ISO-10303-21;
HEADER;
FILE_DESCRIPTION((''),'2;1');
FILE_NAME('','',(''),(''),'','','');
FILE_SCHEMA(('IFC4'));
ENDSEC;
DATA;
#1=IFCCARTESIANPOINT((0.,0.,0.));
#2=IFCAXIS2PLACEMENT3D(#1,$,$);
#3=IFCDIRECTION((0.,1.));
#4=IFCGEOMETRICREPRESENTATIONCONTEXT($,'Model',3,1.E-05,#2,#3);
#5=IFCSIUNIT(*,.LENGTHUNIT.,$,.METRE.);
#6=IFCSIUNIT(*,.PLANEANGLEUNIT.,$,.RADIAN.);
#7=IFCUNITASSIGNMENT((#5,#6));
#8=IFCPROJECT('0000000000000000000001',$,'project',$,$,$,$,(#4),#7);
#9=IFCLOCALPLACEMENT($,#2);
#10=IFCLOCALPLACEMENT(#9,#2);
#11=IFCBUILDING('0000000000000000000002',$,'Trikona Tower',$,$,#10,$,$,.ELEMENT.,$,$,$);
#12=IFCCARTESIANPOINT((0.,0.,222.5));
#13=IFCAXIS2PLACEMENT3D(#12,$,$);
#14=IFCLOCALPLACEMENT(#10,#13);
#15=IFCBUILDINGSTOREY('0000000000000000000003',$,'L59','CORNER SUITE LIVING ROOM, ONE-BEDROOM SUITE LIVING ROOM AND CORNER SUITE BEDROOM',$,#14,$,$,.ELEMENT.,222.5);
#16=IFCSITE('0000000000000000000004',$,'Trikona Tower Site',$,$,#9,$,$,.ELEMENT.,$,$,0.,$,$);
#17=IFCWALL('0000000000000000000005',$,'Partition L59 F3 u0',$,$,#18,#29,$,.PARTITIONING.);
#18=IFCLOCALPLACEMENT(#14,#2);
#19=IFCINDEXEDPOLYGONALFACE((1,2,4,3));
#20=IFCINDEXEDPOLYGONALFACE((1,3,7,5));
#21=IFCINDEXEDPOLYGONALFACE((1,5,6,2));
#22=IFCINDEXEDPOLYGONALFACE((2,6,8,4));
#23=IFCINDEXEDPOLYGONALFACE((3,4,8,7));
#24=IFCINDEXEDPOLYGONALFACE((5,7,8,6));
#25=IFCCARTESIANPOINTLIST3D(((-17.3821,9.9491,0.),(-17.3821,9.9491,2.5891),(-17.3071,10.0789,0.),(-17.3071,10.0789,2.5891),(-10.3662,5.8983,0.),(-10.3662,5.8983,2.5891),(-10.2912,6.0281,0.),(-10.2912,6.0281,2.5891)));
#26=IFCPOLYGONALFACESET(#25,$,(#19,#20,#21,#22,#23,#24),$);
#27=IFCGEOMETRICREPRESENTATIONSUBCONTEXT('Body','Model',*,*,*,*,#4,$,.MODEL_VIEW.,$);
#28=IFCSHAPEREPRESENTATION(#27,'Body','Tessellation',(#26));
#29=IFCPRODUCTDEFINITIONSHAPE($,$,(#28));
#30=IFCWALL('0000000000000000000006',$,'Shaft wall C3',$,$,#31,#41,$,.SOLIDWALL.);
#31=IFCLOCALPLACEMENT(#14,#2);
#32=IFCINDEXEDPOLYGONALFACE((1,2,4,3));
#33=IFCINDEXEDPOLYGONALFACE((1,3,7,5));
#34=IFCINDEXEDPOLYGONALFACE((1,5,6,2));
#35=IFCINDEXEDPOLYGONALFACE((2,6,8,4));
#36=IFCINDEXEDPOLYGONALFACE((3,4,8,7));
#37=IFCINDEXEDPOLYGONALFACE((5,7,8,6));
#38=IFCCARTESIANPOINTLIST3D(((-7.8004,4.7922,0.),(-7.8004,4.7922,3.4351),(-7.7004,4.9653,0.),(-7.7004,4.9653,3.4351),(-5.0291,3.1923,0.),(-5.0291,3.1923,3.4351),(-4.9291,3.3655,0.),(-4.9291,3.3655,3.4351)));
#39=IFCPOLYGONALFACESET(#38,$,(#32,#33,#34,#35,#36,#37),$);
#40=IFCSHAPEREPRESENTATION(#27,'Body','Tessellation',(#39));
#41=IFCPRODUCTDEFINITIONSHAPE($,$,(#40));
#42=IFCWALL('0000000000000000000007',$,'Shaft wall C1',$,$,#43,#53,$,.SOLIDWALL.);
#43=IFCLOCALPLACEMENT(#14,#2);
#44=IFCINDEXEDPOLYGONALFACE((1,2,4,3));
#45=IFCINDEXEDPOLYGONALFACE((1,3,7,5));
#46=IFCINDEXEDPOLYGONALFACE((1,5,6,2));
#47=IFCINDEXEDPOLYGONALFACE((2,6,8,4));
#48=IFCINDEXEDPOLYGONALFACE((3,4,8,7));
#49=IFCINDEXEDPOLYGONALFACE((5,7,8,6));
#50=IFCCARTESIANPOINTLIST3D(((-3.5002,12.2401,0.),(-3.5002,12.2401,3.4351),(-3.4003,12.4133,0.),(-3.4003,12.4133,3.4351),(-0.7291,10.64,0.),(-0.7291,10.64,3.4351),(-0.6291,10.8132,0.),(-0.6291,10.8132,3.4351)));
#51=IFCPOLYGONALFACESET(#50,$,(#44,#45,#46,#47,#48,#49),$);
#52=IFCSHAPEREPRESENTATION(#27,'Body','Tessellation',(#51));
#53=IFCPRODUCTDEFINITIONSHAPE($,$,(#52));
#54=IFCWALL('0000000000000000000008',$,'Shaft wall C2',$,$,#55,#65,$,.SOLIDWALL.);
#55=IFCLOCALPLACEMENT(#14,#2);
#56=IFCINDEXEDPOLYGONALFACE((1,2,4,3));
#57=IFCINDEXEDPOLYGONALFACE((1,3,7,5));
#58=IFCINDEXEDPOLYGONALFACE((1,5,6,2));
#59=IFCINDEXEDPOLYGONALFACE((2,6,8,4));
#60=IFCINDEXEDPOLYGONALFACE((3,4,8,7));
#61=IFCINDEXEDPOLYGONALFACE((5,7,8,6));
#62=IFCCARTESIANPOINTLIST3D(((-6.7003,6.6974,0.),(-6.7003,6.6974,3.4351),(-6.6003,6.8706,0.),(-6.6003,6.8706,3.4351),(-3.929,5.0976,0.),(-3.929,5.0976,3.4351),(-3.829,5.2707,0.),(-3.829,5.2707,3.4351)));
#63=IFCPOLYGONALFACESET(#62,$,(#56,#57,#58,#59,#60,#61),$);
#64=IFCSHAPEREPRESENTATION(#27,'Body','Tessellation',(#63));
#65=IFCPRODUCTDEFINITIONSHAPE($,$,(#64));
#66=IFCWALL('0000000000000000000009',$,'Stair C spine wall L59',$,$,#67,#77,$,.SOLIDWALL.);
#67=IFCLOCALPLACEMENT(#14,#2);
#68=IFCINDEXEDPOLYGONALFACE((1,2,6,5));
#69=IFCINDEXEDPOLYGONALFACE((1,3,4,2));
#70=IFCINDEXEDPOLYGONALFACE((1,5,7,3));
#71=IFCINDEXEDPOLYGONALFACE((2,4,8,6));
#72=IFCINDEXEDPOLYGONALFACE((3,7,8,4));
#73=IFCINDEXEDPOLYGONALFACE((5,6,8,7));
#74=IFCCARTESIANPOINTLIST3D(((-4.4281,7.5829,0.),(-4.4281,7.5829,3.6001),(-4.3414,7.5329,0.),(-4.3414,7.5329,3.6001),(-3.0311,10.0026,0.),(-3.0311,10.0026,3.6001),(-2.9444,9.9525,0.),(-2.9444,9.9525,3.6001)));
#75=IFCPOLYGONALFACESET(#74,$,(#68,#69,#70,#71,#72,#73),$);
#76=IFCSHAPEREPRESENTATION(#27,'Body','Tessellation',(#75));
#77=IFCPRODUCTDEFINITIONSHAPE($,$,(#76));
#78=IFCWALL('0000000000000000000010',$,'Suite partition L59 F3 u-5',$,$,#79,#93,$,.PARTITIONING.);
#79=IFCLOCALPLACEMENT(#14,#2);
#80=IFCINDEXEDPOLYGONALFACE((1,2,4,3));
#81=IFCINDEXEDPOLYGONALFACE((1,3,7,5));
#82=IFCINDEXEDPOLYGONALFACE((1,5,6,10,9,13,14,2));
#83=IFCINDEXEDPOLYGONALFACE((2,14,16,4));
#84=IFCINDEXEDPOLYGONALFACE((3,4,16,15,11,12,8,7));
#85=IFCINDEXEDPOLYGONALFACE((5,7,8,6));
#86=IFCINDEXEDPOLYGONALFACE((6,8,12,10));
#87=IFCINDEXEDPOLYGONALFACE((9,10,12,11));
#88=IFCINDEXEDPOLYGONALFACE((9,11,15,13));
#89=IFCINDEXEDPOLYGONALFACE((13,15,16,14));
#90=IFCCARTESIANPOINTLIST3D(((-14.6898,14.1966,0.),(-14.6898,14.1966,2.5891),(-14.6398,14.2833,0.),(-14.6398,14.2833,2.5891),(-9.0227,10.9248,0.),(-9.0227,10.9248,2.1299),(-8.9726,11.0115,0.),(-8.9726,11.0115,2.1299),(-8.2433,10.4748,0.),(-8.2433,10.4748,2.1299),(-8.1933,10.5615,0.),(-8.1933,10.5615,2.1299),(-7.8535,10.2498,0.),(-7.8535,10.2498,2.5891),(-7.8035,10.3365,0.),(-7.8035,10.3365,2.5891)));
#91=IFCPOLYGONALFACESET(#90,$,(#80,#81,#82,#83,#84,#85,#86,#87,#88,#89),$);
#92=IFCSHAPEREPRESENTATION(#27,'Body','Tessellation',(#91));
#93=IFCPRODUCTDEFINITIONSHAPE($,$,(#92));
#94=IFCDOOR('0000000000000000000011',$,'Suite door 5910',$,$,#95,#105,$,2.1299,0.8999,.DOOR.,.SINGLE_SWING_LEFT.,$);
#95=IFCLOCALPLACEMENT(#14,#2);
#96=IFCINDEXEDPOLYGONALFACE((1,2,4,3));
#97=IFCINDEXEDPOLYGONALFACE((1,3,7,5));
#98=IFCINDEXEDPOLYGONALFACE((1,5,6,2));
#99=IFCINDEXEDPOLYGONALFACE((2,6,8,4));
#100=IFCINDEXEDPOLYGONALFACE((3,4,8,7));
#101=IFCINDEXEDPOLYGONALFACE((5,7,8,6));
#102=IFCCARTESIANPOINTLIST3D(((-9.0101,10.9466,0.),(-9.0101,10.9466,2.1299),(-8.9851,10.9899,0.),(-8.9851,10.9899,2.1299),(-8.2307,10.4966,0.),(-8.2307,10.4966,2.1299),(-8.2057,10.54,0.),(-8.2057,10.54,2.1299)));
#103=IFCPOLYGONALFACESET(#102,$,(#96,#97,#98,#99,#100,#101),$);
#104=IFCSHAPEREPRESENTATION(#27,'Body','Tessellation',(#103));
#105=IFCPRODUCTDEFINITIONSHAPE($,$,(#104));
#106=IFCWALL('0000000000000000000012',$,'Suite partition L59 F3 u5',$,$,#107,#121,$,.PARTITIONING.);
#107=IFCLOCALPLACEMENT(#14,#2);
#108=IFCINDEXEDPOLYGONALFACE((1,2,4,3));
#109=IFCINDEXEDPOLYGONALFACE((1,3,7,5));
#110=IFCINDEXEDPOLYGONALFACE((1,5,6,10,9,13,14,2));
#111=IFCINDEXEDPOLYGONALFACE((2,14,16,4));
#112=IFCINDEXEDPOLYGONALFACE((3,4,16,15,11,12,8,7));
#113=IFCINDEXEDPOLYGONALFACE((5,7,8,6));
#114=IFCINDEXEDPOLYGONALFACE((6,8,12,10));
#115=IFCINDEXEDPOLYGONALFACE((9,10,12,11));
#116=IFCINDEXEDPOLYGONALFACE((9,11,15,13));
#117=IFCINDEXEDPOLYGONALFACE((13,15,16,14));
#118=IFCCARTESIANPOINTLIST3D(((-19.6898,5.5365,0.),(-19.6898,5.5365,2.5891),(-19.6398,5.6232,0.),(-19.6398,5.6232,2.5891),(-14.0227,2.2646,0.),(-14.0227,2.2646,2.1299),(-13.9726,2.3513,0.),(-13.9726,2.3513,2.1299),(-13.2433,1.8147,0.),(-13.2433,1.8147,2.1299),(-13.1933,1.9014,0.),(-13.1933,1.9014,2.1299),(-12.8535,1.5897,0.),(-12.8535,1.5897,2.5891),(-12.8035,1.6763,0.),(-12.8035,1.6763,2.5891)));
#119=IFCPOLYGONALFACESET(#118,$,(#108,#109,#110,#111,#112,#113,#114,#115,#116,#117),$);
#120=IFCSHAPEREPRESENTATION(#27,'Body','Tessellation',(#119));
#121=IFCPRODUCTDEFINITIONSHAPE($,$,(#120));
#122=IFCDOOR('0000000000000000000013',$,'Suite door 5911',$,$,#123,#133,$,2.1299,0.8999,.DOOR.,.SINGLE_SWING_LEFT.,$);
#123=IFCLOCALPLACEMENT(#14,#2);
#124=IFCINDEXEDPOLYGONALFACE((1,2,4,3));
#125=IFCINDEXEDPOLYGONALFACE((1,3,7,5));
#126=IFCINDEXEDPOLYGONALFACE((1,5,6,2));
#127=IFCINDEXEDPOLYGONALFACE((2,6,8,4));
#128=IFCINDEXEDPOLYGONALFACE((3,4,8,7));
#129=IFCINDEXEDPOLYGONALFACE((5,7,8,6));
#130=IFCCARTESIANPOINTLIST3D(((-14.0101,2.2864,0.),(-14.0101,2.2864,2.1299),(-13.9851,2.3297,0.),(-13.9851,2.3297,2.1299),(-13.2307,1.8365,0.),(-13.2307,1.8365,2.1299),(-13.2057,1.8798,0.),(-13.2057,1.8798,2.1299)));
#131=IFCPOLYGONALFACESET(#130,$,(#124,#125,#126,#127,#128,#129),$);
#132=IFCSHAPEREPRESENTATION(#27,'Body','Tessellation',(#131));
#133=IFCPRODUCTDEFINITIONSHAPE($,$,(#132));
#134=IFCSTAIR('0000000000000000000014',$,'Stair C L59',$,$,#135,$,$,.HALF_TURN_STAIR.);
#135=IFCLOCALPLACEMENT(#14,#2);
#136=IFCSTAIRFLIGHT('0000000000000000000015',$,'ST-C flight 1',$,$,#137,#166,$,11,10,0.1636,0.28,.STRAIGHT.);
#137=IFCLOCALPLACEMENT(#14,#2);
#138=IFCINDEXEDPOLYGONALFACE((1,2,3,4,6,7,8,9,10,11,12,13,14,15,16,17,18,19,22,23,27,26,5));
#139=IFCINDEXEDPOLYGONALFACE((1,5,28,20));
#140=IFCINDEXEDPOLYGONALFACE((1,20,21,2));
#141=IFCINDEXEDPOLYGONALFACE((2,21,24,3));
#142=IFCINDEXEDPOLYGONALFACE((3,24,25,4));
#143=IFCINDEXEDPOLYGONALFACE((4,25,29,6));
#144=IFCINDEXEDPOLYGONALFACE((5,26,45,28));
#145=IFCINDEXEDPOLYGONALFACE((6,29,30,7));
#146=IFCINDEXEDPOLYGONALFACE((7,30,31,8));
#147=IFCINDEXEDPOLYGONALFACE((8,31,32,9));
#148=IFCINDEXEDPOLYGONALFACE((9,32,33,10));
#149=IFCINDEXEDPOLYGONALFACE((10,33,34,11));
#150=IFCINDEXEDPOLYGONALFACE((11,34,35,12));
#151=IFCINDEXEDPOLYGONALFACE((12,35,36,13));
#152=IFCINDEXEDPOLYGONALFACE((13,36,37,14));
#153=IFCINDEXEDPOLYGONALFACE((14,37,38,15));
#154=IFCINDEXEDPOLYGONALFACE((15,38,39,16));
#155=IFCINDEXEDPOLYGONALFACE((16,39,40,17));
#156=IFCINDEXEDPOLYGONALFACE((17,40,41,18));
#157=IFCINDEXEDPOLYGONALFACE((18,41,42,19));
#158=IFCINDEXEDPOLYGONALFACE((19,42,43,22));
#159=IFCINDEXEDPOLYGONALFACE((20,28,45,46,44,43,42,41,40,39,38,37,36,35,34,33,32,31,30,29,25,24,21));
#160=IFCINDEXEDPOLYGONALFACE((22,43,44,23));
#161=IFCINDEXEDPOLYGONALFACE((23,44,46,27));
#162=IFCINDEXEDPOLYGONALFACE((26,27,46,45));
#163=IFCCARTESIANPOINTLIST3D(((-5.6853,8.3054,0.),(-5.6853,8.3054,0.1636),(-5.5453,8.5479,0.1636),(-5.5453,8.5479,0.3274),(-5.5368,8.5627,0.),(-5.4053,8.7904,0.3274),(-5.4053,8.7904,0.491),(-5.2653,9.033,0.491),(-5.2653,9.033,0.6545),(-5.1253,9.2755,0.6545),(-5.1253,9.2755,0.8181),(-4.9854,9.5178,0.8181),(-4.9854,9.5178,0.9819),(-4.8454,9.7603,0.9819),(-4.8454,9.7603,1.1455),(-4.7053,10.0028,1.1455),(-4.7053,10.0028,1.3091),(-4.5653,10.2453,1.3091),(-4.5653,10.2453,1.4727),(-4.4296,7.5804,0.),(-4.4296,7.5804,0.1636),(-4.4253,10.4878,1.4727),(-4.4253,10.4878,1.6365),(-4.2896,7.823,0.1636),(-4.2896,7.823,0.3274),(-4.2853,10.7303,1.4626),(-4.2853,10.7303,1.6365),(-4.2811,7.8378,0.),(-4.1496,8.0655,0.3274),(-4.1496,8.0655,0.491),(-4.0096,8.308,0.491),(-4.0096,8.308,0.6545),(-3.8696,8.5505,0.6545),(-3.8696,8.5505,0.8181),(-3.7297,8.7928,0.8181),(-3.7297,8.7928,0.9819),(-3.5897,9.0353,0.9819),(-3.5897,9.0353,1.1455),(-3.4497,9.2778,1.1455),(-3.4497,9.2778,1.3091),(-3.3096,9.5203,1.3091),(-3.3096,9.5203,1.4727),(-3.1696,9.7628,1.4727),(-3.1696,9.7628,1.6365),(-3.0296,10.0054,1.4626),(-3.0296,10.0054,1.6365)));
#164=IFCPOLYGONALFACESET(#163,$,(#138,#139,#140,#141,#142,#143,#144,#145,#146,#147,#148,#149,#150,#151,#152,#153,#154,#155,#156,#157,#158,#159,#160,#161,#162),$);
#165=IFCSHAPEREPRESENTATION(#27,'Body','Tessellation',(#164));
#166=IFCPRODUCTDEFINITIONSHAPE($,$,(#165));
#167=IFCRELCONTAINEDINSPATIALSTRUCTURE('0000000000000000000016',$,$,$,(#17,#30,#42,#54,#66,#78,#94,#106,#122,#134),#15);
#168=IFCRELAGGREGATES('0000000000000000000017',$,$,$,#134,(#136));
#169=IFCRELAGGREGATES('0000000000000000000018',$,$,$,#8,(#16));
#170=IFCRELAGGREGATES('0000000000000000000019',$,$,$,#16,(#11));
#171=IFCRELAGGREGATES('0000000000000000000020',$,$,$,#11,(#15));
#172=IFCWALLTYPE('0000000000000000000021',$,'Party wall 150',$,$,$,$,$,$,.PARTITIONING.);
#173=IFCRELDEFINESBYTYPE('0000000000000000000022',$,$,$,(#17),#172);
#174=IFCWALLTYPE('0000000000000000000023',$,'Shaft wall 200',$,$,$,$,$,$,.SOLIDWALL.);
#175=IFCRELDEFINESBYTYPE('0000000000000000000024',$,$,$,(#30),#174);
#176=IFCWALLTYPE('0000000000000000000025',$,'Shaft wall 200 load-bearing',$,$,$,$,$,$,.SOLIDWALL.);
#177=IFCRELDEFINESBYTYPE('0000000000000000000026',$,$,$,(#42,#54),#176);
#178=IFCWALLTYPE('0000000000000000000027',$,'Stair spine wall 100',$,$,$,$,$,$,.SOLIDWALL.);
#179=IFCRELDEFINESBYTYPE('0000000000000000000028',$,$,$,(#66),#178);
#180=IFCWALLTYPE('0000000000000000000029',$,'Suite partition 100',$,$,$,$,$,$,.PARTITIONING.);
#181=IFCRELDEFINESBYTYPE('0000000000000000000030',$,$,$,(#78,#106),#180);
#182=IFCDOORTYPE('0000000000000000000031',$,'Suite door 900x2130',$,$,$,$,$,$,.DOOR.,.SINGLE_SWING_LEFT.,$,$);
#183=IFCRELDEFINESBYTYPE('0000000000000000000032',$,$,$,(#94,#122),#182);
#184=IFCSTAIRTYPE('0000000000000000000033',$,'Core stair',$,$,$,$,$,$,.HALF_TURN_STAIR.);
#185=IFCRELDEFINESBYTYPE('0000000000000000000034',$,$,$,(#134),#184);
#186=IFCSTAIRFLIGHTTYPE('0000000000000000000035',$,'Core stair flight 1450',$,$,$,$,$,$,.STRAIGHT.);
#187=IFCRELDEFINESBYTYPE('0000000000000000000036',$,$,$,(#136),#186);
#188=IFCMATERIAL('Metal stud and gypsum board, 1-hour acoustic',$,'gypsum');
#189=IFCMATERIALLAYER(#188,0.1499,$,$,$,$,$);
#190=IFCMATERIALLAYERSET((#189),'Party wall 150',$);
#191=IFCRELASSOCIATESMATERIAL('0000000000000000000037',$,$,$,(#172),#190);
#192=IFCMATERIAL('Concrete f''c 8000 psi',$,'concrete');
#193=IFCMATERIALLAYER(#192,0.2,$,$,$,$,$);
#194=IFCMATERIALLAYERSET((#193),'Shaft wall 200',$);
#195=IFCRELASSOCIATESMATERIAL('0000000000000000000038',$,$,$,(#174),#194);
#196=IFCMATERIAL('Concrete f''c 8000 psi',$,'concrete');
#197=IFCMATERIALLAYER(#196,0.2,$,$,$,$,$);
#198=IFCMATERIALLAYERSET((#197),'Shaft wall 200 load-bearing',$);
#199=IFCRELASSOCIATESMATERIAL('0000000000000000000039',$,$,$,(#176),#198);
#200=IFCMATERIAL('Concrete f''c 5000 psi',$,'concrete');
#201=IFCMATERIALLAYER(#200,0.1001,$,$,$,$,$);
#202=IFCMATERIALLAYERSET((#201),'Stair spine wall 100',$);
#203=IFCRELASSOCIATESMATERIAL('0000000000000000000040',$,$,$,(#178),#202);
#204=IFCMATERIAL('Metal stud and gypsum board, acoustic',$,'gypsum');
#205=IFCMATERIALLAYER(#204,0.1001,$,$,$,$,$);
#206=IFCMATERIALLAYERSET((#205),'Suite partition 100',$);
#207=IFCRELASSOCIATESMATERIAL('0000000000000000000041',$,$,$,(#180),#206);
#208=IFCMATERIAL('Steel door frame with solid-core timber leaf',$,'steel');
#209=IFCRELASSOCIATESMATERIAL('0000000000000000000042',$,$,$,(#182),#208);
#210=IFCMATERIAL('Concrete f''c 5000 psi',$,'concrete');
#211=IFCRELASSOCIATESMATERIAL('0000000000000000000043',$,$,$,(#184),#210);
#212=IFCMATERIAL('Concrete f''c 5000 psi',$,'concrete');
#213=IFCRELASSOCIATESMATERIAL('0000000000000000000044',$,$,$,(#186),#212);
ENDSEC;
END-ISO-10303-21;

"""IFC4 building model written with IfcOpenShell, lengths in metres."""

from ifc_helpers import new_model, si_unit, direction, frame, frame_2d, origin, place, context, subcontext, project, spatial, polyline, rectangle, outline, extrude, material, layer, layer_set, type_object, element, fill, aggregate, save


model = new_model("IFC4")

# Units and contexts
model_context = context("Model", 3, precision=1e-05, world=origin(), true_north=direction((0.0, 1.0)))
body_context = subcontext(model_context, "Body", "Model", "MODEL_VIEW")
ifc_project = project(units=[si_unit("LENGTHUNIT", "METRE"), si_unit("PLANEANGLEUNIT", "RADIAN")], contexts=[model_context])

# Site, building, storey
site_placement = place(None, origin())
site = spatial("IfcSite", under=ifc_project, at=site_placement, Name="Trikona Tower Site", CompositionType="ELEMENT", RefElevation=0.0)
building_placement = place(site_placement, origin())
building = spatial("IfcBuilding", under=site, at=building_placement, Name="Trikona Tower", CompositionType="ELEMENT")
storey_placement = place(building_placement, frame((0.0, 0.0, 222.5)))
storey = spatial("IfcBuildingStorey", under=building, at=storey_placement, Name="L59", Description="CORNER SUITE LIVING ROOM, ONE-BEDROOM SUITE LIVING ROOM AND CORNER SUITE BEDROOM", CompositionType="ELEMENT", Elevation=222.5)

# Walls
ifc_material_1 = material(Name="Metal stud and gypsum board, 1-hour acoustic", Category="gypsum")
ifc_layer_1 = layer(ifc_material_1, 0.1499)
ifc_layer_set_1 = layer_set([ifc_layer_1], Name="Party wall 150")
wall_type_1 = type_object("IfcWallType", Name="Party wall 150", PredefinedType="PARTITIONING", material=ifc_layer_set_1)
wall_1_placement = place(storey_placement, frame((-10.3286, 5.9631, 0.0), z_axis=(0.0, 0.0, 1.0), x_axis=(-0.866016, 0.500015, 0.0)))
element("IfcWall", 1, at=wall_1_placement, inside=storey, type_object=wall_type_1, Name="Partition L59 F3 u0", PredefinedType="PARTITIONING", context=body_context, shape_type="SweptSolid", body=[
    extrude(rectangle(XDim=8.1013, YDim=0.1499, at=frame_2d((4.0508, 0.0))), origin(), (0.0, 0.0, 1.0), 2.5891),
])
ifc_material_2 = material(Name="Concrete f'c 8000 psi", Category="concrete")
ifc_layer_2 = layer(ifc_material_2, 0.2)
ifc_layer_set_2 = layer_set([ifc_layer_2], Name="Shaft wall 200")
wall_type_2 = type_object("IfcWallType", Name="Shaft wall 200", PredefinedType="SOLIDWALL", material=ifc_layer_set_2)
wall_2_placement = place(storey_placement, frame((-4.979, 3.2788, 0.0), z_axis=(0.0, 0.0, 1.0), x_axis=(-0.866042, 0.499971, 0.0)))
element("IfcWall", 2, at=wall_2_placement, inside=storey, type_object=wall_type_2, Name="Shaft wall C3", PredefinedType="SOLIDWALL", context=body_context, shape_type="SweptSolid", body=[
    extrude(rectangle(XDim=3.2, YDim=0.2, at=frame_2d((1.6001, 0.0))), origin(), (0.0, 0.0, 1.0), 3.4351),
])
ifc_material_3 = material(Name="Concrete f'c 8000 psi", Category="concrete")
ifc_layer_3 = layer(ifc_material_3, 0.2)
ifc_layer_set_3 = layer_set([ifc_layer_3], Name="Shaft wall 200 load-bearing")
wall_type_3 = type_object("IfcWallType", Name="Shaft wall 200 load-bearing", PredefinedType="SOLIDWALL", material=ifc_layer_set_3)
for number, where, z_axis, x_axis, name in (
    (3, (-0.679, 10.7266, 0.0), (0.0, 0.0, 1.0), (-0.866009, 0.500028, 0.0), "Shaft wall C1"),
    (4, (-3.8789, 5.1841, 0.0), (0.0, 0.0, 1.0), (-0.866042, 0.499971, 0.0), "Shaft wall C2"),
):
    element("IfcWall", number, at=place(storey_placement, frame(where, z_axis=z_axis, x_axis=x_axis)), inside=storey, type_object=wall_type_3, Name=name, PredefinedType="SOLIDWALL", context=body_context, shape_type="SweptSolid", body=[
        extrude(rectangle(XDim=3.2, YDim=0.2, at=frame_2d((1.6001, 0.0))), origin(), (0.0, 0.0, 1.0), 3.4351),
    ])
ifc_material_4 = material(Name="Concrete f'c 5000 psi", Category="concrete")
ifc_layer_4 = layer(ifc_material_4, 0.1001)
ifc_layer_set_4 = layer_set([ifc_layer_4], Name="Stair spine wall 100")
wall_type_4 = type_object("IfcWallType", Name="Stair spine wall 100", PredefinedType="SOLIDWALL", material=ifc_layer_set_4)
wall_3_placement = place(storey_placement, frame((-2.9878, 9.9775, 0.0), z_axis=(0.0, 0.0, 1.0), x_axis=(-0.499992, -0.86603, 0.0)))
element("IfcWall", 5, at=wall_3_placement, inside=storey, type_object=wall_type_4, Name="Stair C spine wall L59", PredefinedType="SOLIDWALL", context=body_context, shape_type="SweptSolid", body=[
    extrude(rectangle(XDim=2.7939, YDim=0.1001, at=frame_2d((1.397, 0.0))), origin(), (0.0, 0.0, 1.0), 3.6001),
])

# Walls, openings, doors
ifc_material_5 = material(Name="Metal stud and gypsum board, acoustic", Category="gypsum")
ifc_layer_5 = layer(ifc_material_5, 0.1001)
ifc_layer_set_5 = layer_set([ifc_layer_5], Name="Suite partition 100")
wall_type_5 = type_object("IfcWallType", Name="Suite partition 100", PredefinedType="PARTITIONING", material=ifc_layer_set_5)
wall_4_placement = place(storey_placement, frame((-7.8286, 10.2932, 0.0), z_axis=(0.0, 0.0, 1.0), x_axis=(-0.866031, 0.499991, 0.0)))
wall_4 = element("IfcWall", 6, at=wall_4_placement, inside=storey, type_object=wall_type_5, Name="Suite partition L59 F3 u-5", PredefinedType="PARTITIONING", context=body_context, shape_type="SweptSolid", body=[
    extrude(rectangle(XDim=7.8938, YDim=0.1001, at=frame_2d((3.9468, 0.0))), origin(), (0.0, 0.0, 1.0), 2.5891),
])
opening_1_placement = place(wall_4_placement, frame((0.45, 0.0, 0.0)))
opening_1 = element("IfcOpeningElement", 7, at=opening_1_placement, cuts=wall_4, PredefinedType="OPENING", context=body_context, shape_type="SweptSolid", body=[
    extrude(rectangle(XDim=0.8999, YDim=2.1299, at=frame_2d((0.45, 1.0649))), frame((0.0, 0.0601, 0.0), z_axis=(0.0, -1.0, 0.0), x_axis=(1.0, 0.0, 0.0)), (0.0, 0.0, 1.0), 0.1201),
])
ifc_material_6 = material(Name="Steel door frame with solid-core timber leaf", Category="steel")
door_type_1 = type_object("IfcDoorType", Name="Suite door 900x2130", OperationType="SINGLE_SWING_LEFT", PredefinedType="DOOR", material=ifc_material_6)
door_1_placement = place(opening_1_placement, origin())
door_1 = element("IfcDoor", 8, at=door_1_placement, inside=storey, type_object=door_type_1, Name="Suite door 5910", OperationType="SINGLE_SWING_LEFT", OverallHeight=2.1299, OverallWidth=0.8999, PredefinedType="DOOR", context=body_context, shape_type="SweptSolid", body=[
    extrude(rectangle(XDim=0.8999, YDim=2.1299, at=frame_2d((0.45, 1.0649))), frame((0.0, 0.0249, 0.0), z_axis=(0.0, -1.0, 0.0), x_axis=(1.0, 0.0, 0.0)), (0.0, 0.0, 1.0), 0.05),
])
fill(opening_1, door_1)
wall_5_placement = place(storey_placement, frame((-12.8286, 1.6331, 0.0), z_axis=(0.0, 0.0, 1.0), x_axis=(-0.866031, 0.499991, 0.0)))
wall_5 = element("IfcWall", 9, at=wall_5_placement, inside=storey, type_object=wall_type_5, Name="Suite partition L59 F3 u5", PredefinedType="PARTITIONING", context=body_context, shape_type="SweptSolid", body=[
    extrude(rectangle(XDim=7.8938, YDim=0.1001, at=frame_2d((3.9468, 0.0))), origin(), (0.0, 0.0, 1.0), 2.5891),
])
opening_2_placement = place(wall_5_placement, frame((0.45, 0.0, 0.0)))
opening_2 = element("IfcOpeningElement", 10, at=opening_2_placement, cuts=wall_5, PredefinedType="OPENING", context=body_context, shape_type="SweptSolid", body=[
    extrude(rectangle(XDim=0.8999, YDim=2.1299, at=frame_2d((0.45, 1.0649))), frame((0.0, 0.0601, 0.0), z_axis=(0.0, -1.0, 0.0), x_axis=(1.0, 0.0, 0.0)), (0.0, 0.0, 1.0), 0.1201),
])
door_2_placement = place(opening_2_placement, origin())
door_2 = element("IfcDoor", 11, at=door_2_placement, inside=storey, type_object=door_type_1, Name="Suite door 5911", OperationType="SINGLE_SWING_LEFT", OverallHeight=2.1299, OverallWidth=0.8999, PredefinedType="DOOR", context=body_context, shape_type="SweptSolid", body=[
    extrude(rectangle(XDim=0.8999, YDim=2.1299, at=frame_2d((0.45, 1.0649))), frame((0.0, 0.0249, 0.0), z_axis=(0.0, -1.0, 0.0), x_axis=(1.0, 0.0, 0.0)), (0.0, 0.0, 1.0), 0.05),
])
fill(opening_2, door_2)

# Stair, stair flight
ifc_material_7 = material(Name="Concrete f'c 5000 psi", Category="concrete")
stair_type = type_object("IfcStairType", Name="Core stair", PredefinedType="HALF_TURN_STAIR", material=ifc_material_7)
stair_placement = place(storey_placement, origin())
stair = element("IfcStair", 12, at=stair_placement, inside=storey, type_object=stair_type, Name="Stair C L59", PredefinedType="HALF_TURN_STAIR")
ifc_material_8 = material(Name="Concrete f'c 5000 psi", Category="concrete")
stair_flight_type = type_object("IfcStairFlightType", Name="Core stair flight 1450", PredefinedType="STRAIGHT", material=ifc_material_8)
stair_flight_1_placement = place(storey_placement, frame((-5.0574, 7.9429, 0.0), z_axis=(0.0, 0.0, 1.0), x_axis=(0.5, 0.866025, 0.0)))
stair_flight_1 = element("IfcStairFlight", 13, at=stair_flight_1_placement, type_object=stair_flight_type, Name="ST-C flight 1", NumberOfRisers=11, NumberOfTreads=10, PredefinedType="STRAIGHT", RiserHeight=0.1636, TreadLength=0.28, context=body_context, shape_type="SweptSolid", body=[
    extrude(outline(polyline([(0.0, 0.0), (0.0, 0.1636), (0.28, 0.1636), (0.28, 0.3274), (0.5601, 0.3274), (0.5601, 0.491), (0.8401, 0.491), (0.8401, 0.6545), (1.1201, 0.6545), (1.1201, 0.8181), (1.3999, 0.8181), (1.3999, 0.9819), (1.6799, 0.9819), (1.6799, 1.1455), (1.96, 1.1455), (1.96, 1.3091), (2.24, 1.3091), (2.24, 1.4727), (2.52, 1.4727), (2.52, 1.6365), (2.8, 1.6365), (2.8, 1.8), (2.8, 1.4626), (0.2971, 0.0), (0.0, 0.0)])), frame((0.0, 0.7251, 0.0), z_axis=(0.0, -1.0, 0.0), x_axis=(1.0, 0.0, 0.0)), (0.0, 0.0, 1.0), 1.45),
])
aggregate(stair, [stair_flight_1])

save(model, "model.ifc")
